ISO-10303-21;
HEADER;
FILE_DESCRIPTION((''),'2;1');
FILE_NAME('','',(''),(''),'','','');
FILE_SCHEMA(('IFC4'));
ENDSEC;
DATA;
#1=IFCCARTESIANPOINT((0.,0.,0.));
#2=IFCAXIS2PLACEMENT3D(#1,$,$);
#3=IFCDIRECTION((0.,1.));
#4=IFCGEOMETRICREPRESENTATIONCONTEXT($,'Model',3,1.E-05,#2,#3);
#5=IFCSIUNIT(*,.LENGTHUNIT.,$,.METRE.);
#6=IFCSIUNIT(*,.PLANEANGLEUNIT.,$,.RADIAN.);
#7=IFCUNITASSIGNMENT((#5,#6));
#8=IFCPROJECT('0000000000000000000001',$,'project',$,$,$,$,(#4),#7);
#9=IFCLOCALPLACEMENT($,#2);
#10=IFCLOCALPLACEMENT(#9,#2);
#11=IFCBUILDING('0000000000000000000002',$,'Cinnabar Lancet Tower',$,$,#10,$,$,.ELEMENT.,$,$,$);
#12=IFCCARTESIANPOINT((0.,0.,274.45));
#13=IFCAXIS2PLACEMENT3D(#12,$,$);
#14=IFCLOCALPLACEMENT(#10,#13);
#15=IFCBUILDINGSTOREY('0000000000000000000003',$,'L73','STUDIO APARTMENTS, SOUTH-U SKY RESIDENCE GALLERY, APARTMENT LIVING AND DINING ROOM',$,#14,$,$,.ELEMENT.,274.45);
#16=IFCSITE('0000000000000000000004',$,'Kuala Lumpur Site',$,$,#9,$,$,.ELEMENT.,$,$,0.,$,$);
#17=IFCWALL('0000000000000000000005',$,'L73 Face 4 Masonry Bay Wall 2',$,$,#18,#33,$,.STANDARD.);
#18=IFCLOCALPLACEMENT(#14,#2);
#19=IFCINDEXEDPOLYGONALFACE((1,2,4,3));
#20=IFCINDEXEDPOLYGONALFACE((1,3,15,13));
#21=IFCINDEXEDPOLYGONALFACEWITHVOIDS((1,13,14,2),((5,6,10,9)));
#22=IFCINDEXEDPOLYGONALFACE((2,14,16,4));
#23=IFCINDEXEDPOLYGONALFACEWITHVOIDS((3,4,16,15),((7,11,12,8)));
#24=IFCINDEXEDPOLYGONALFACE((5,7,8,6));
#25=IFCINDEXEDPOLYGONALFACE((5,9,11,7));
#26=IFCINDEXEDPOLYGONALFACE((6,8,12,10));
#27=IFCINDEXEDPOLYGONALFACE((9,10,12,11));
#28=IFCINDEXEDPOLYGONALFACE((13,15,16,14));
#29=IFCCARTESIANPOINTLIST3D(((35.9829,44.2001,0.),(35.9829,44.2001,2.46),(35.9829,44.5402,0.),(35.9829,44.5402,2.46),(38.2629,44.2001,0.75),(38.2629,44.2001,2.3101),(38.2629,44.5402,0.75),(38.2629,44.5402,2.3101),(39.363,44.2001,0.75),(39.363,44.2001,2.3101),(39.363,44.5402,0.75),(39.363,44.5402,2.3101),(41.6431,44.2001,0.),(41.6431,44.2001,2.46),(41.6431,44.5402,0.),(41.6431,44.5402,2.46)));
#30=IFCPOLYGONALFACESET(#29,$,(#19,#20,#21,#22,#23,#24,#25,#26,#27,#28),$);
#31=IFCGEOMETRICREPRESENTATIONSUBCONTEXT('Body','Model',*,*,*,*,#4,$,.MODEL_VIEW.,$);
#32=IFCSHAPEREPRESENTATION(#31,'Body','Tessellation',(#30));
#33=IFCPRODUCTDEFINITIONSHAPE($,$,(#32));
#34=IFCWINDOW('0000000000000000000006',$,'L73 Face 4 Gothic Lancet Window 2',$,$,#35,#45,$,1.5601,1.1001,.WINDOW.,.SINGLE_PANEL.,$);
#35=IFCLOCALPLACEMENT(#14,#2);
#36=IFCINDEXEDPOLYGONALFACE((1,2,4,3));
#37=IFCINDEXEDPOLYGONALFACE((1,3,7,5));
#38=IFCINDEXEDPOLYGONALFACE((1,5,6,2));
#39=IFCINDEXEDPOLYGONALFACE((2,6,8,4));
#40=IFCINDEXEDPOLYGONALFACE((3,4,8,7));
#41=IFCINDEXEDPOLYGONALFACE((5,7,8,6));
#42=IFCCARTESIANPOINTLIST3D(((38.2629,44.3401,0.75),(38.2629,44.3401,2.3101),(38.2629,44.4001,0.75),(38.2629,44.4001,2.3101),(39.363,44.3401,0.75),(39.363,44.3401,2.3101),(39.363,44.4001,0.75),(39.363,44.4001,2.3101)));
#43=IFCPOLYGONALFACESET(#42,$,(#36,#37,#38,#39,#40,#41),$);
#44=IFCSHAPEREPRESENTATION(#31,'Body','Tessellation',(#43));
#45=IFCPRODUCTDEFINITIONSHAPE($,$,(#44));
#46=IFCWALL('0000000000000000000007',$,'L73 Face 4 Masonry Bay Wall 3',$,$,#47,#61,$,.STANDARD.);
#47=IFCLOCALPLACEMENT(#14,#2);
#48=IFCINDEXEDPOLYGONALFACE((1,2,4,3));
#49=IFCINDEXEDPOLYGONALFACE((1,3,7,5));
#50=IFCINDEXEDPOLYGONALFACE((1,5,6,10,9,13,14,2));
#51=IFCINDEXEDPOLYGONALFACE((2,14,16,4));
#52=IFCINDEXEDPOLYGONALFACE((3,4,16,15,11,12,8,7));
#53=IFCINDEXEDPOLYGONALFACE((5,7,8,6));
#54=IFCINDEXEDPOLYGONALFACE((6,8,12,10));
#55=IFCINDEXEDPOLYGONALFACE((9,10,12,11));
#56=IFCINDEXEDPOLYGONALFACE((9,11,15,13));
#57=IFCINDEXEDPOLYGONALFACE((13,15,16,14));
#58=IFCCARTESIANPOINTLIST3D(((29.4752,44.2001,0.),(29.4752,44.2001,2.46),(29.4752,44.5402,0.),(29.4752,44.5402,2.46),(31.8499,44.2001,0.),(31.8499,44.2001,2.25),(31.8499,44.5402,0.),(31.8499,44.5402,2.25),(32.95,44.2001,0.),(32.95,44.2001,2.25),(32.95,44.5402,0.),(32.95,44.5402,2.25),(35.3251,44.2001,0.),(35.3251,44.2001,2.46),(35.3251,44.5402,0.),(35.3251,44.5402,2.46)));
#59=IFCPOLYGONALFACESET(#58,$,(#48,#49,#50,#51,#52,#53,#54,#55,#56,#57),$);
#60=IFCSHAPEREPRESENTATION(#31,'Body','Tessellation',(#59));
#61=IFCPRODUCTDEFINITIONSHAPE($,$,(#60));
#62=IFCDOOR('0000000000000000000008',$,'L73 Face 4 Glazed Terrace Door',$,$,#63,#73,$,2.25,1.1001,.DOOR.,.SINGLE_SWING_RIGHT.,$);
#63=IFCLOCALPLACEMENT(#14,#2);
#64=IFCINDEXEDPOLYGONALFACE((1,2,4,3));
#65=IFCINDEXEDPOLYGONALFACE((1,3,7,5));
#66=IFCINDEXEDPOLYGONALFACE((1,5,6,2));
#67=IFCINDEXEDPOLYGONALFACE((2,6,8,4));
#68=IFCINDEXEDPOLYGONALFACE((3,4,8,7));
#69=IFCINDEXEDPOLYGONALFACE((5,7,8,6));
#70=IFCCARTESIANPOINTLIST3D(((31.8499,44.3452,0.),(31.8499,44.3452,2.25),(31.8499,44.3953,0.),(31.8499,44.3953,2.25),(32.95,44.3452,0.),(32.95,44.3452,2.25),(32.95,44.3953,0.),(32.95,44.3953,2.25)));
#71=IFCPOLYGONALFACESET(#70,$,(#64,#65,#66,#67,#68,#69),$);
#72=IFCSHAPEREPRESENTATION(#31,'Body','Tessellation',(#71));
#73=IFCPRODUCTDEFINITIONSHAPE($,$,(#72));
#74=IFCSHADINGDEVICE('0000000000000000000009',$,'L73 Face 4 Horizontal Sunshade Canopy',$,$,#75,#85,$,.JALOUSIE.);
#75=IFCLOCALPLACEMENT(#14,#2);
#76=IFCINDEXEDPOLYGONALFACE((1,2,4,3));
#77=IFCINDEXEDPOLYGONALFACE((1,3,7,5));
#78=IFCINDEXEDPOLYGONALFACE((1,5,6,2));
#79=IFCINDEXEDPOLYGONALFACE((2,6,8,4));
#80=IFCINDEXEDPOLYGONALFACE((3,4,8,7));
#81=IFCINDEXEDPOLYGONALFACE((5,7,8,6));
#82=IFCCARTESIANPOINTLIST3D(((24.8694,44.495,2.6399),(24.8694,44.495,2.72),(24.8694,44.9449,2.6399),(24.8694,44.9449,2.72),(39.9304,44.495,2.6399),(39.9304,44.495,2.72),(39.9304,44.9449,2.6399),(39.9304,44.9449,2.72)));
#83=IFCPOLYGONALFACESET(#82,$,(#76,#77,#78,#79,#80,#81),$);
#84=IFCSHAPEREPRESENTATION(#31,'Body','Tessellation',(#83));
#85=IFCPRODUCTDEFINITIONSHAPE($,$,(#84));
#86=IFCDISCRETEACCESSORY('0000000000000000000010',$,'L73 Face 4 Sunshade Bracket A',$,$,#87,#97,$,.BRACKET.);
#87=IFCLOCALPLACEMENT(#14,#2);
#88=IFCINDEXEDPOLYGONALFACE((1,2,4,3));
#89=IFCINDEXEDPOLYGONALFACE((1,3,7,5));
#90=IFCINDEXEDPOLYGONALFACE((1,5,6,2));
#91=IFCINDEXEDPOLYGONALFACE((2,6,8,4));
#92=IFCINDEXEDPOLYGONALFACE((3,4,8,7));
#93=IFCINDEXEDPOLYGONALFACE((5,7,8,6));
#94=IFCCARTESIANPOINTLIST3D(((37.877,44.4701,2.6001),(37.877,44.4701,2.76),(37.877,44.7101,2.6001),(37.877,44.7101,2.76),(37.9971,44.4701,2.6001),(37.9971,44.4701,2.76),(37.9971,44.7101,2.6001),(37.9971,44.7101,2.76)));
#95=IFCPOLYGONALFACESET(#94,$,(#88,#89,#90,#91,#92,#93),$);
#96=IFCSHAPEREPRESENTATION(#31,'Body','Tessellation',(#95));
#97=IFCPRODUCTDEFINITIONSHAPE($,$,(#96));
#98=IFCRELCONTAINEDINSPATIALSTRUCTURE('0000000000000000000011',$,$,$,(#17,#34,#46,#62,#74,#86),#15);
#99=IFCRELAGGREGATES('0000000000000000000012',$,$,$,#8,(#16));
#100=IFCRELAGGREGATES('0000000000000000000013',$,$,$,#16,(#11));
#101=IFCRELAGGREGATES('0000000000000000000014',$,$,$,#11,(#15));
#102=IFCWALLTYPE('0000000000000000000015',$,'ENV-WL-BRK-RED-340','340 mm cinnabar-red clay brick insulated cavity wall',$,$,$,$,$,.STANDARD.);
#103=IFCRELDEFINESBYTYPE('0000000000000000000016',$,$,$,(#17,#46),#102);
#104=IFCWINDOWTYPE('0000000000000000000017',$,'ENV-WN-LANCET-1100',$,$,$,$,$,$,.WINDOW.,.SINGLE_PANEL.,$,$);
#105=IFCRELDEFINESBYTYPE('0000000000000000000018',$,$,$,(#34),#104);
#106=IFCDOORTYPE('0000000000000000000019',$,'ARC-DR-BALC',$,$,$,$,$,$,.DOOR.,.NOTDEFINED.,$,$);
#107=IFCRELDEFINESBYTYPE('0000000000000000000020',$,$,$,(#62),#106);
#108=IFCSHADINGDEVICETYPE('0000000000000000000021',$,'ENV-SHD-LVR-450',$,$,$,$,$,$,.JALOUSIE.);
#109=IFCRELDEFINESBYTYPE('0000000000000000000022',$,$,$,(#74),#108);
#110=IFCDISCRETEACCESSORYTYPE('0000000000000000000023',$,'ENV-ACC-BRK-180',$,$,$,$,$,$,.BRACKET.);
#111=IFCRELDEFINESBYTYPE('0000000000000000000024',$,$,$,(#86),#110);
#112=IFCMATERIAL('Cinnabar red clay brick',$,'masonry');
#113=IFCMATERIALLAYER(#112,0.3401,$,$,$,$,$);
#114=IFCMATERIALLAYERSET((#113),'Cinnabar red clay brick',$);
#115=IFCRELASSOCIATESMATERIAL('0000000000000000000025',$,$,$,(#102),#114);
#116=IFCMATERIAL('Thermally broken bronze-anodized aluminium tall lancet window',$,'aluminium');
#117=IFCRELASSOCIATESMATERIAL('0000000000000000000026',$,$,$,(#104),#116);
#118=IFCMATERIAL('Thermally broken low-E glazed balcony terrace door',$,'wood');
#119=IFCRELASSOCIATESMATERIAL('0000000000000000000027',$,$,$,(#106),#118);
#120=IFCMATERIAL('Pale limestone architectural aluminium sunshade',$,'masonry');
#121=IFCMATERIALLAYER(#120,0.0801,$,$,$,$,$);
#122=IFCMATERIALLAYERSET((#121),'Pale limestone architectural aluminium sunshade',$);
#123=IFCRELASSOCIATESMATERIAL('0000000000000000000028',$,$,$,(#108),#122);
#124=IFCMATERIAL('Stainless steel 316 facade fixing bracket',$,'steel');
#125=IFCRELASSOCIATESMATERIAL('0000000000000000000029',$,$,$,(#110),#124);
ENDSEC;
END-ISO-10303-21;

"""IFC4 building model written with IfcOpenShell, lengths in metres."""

from ifc_helpers import new_model, si_unit, direction, frame, frame_2d, origin, origin_2d, place, context, subcontext, project, spatial, rectangle, extrude, material, layer, layer_set, type_object, element, fill, save


model = new_model("IFC4")

# Units and contexts
model_context = context("Model", 3, precision=1e-05, world=origin(), true_north=direction((0.0, 1.0)))
body_context = subcontext(model_context, "Body", "Model", "MODEL_VIEW")
ifc_project = project(units=[si_unit("LENGTHUNIT", "METRE"), si_unit("PLANEANGLEUNIT", "RADIAN")], contexts=[model_context])

# Site, building, storey
site_placement = place(None, origin())
site = spatial("IfcSite", under=ifc_project, at=site_placement, Name="Kuala Lumpur Site", CompositionType="ELEMENT", RefElevation=0.0)
building_placement = place(site_placement, origin())
building = spatial("IfcBuilding", under=site, at=building_placement, Name="Cinnabar Lancet Tower", CompositionType="ELEMENT")
storey_placement = place(building_placement, frame((0.0, 0.0, 274.45)))
storey = spatial("IfcBuildingStorey", under=building, at=storey_placement, Name="L73", Description="STUDIO APARTMENTS, SOUTH-U SKY RESIDENCE GALLERY, APARTMENT LIVING AND DINING ROOM", CompositionType="ELEMENT", Elevation=274.45)

# Wall, opening, window
ifc_material_1 = material(Name="Cinnabar red clay brick", Category="masonry")
ifc_layer_1 = layer(ifc_material_1, 0.3401)
ifc_layer_set_1 = layer_set([ifc_layer_1], Name="Cinnabar red clay brick")
wall_type_1 = type_object("IfcWallType", Name="ENV-WL-BRK-RED-340", Description="340 mm cinnabar-red clay brick insulated cavity wall", PredefinedType="STANDARD", material=ifc_layer_set_1)
wall_1_placement = place(storey_placement, frame((41.6431, 44.3701, 0.0), z_axis=(0.0, 0.0, 1.0), x_axis=(-1.0, 0.0, 0.0)))
wall_1 = element("IfcWall", 1, at=wall_1_placement, inside=storey, type_object=wall_type_1, Name="L73 Face 4 Masonry Bay Wall 2", PredefinedType="STANDARD", context=body_context, shape_type="SweptSolid", body=[
    extrude(rectangle(XDim=5.6602, YDim=0.3401, at=frame_2d((2.8301, 0.0))), origin(), (0.0, 0.0, 1.0), 2.46),
])
opening_1_placement = place(wall_1_placement, frame((2.28, 0.0, 0.75)))
opening_1 = element("IfcOpeningElement", 2, at=opening_1_placement, cuts=wall_1, PredefinedType="OPENING", context=body_context, shape_type="SweptSolid", body=[
    extrude(rectangle(XDim=1.1001, YDim=1.5601, at=frame_2d((0.55, 0.78))), frame((0.0, 0.1799, 0.0), z_axis=(0.0, -1.0, 0.0), x_axis=(1.0, 0.0, 0.0)), (0.0, 0.0, 1.0), 0.3601),
])
ifc_material_2 = material(Name="Thermally broken bronze-anodized aluminium tall lancet window", Category="aluminium")
window_type = type_object("IfcWindowType", Name="ENV-WN-LANCET-1100", PartitioningType="SINGLE_PANEL", PredefinedType="WINDOW", material=ifc_material_2)
window_placement = place(opening_1_placement, origin())
window = element("IfcWindow", 3, at=window_placement, inside=storey, type_object=window_type, Name="L73 Face 4 Gothic Lancet Window 2", OverallHeight=1.5601, OverallWidth=1.1001, PartitioningType="SINGLE_PANEL", PredefinedType="WINDOW", context=body_context, shape_type="SweptSolid", body=[
    extrude(rectangle(XDim=1.1001, YDim=1.5601, at=frame_2d((0.55, 0.78))), frame((0.0, 0.03, 0.0), z_axis=(0.0, -1.0, 0.0), x_axis=(1.0, 0.0, 0.0)), (0.0, 0.0, 1.0), 0.0601),
])
fill(opening_1, window)

# Wall, opening, door
wall_2_placement = place(storey_placement, frame((35.325, 44.3701, 0.0), z_axis=(0.0, 0.0, 1.0), x_axis=(-1.0, 0.0, 0.0)))
wall_2 = element("IfcWall", 4, at=wall_2_placement, inside=storey, type_object=wall_type_1, Name="L73 Face 4 Masonry Bay Wall 3", PredefinedType="STANDARD", context=body_context, shape_type="SweptSolid", body=[
    extrude(rectangle(XDim=5.8499, YDim=0.3401, at=frame_2d((2.9248, 0.0))), origin(), (0.0, 0.0, 1.0), 2.46),
])
opening_2_placement = place(wall_2_placement, frame((2.375, 0.0, 0.0)))
opening_2 = element("IfcOpeningElement", 5, at=opening_2_placement, cuts=wall_2, PredefinedType="OPENING", context=body_context, shape_type="SweptSolid", body=[
    extrude(rectangle(XDim=1.1001, YDim=2.25, at=frame_2d((0.55, 1.125))), frame((0.0, 0.1799, 0.0), z_axis=(0.0, -1.0, 0.0), x_axis=(1.0, 0.0, 0.0)), (0.0, 0.0, 1.0), 0.3601),
])
ifc_material_3 = material(Name="Thermally broken low-E glazed balcony terrace door", Category="wood")
door_type_1 = type_object("IfcDoorType", Name="ARC-DR-BALC", OperationType="NOTDEFINED", PredefinedType="DOOR", material=ifc_material_3)
door_1_placement = place(opening_2_placement, origin())
door_1 = element("IfcDoor", 6, at=door_1_placement, inside=storey, type_object=door_type_1, Name="L73 Face 4 Glazed Terrace Door", OperationType="SINGLE_SWING_RIGHT", OverallHeight=2.25, OverallWidth=1.1001, PredefinedType="DOOR", context=body_context, shape_type="SweptSolid", body=[
    extrude(rectangle(XDim=1.1001, YDim=2.25, at=frame_2d((0.55, 1.125))), frame((0.0, 0.0249, 0.0), z_axis=(0.0, -1.0, 0.0), x_axis=(1.0, 0.0, 0.0)), (0.0, 0.0, 1.0), 0.05),
])
fill(opening_2, door_1)

# Shading device
ifc_material_4 = material(Name="Pale limestone architectural aluminium sunshade", Category="masonry")
ifc_layer_2 = layer(ifc_material_4, 0.0801)
ifc_layer_set_2 = layer_set([ifc_layer_2], Name="Pale limestone architectural aluminium sunshade")
shading_device_type = type_object("IfcShadingDeviceType", Name="ENV-SHD-LVR-450", PredefinedType="JALOUSIE", material=ifc_layer_set_2)
shading_device_placement = place(storey_placement, frame((32.3999, 44.72, 2.6399), z_axis=(0.0, 0.0, 1.0), x_axis=(-1.0, 0.0, 0.0)))
element("IfcShadingDevice", 7, at=shading_device_placement, inside=storey, type_object=shading_device_type, Name="L73 Face 4 Horizontal Sunshade Canopy", PredefinedType="JALOUSIE", context=body_context, shape_type="SweptSolid", body=[
    extrude(rectangle(XDim=15.061, YDim=0.45, at=origin_2d()), origin(), (0.0, 0.0, 1.0), 0.0801),
])

# Discrete accessory
ifc_material_5 = material(Name="Stainless steel 316 facade fixing bracket", Category="steel")
discrete_accessory_type = type_object("IfcDiscreteAccessoryType", Name="ENV-ACC-BRK-180", PredefinedType="BRACKET", material=ifc_material_5)
discrete_accessory_placement = place(storey_placement, frame((37.937, 44.5901, 2.6001), z_axis=(0.0, 0.0, 1.0), x_axis=(-1.0, 0.0, 0.0)))
element("IfcDiscreteAccessory", 8, at=discrete_accessory_placement, inside=storey, type_object=discrete_accessory_type, Name="L73 Face 4 Sunshade Bracket A", PredefinedType="BRACKET", context=body_context, shape_type="SweptSolid", body=[
    extrude(rectangle(XDim=0.1201, YDim=0.24, at=origin_2d()), origin(), (0.0, 0.0, 1.0), 0.1599),
])

save(model, "model.ifc")
